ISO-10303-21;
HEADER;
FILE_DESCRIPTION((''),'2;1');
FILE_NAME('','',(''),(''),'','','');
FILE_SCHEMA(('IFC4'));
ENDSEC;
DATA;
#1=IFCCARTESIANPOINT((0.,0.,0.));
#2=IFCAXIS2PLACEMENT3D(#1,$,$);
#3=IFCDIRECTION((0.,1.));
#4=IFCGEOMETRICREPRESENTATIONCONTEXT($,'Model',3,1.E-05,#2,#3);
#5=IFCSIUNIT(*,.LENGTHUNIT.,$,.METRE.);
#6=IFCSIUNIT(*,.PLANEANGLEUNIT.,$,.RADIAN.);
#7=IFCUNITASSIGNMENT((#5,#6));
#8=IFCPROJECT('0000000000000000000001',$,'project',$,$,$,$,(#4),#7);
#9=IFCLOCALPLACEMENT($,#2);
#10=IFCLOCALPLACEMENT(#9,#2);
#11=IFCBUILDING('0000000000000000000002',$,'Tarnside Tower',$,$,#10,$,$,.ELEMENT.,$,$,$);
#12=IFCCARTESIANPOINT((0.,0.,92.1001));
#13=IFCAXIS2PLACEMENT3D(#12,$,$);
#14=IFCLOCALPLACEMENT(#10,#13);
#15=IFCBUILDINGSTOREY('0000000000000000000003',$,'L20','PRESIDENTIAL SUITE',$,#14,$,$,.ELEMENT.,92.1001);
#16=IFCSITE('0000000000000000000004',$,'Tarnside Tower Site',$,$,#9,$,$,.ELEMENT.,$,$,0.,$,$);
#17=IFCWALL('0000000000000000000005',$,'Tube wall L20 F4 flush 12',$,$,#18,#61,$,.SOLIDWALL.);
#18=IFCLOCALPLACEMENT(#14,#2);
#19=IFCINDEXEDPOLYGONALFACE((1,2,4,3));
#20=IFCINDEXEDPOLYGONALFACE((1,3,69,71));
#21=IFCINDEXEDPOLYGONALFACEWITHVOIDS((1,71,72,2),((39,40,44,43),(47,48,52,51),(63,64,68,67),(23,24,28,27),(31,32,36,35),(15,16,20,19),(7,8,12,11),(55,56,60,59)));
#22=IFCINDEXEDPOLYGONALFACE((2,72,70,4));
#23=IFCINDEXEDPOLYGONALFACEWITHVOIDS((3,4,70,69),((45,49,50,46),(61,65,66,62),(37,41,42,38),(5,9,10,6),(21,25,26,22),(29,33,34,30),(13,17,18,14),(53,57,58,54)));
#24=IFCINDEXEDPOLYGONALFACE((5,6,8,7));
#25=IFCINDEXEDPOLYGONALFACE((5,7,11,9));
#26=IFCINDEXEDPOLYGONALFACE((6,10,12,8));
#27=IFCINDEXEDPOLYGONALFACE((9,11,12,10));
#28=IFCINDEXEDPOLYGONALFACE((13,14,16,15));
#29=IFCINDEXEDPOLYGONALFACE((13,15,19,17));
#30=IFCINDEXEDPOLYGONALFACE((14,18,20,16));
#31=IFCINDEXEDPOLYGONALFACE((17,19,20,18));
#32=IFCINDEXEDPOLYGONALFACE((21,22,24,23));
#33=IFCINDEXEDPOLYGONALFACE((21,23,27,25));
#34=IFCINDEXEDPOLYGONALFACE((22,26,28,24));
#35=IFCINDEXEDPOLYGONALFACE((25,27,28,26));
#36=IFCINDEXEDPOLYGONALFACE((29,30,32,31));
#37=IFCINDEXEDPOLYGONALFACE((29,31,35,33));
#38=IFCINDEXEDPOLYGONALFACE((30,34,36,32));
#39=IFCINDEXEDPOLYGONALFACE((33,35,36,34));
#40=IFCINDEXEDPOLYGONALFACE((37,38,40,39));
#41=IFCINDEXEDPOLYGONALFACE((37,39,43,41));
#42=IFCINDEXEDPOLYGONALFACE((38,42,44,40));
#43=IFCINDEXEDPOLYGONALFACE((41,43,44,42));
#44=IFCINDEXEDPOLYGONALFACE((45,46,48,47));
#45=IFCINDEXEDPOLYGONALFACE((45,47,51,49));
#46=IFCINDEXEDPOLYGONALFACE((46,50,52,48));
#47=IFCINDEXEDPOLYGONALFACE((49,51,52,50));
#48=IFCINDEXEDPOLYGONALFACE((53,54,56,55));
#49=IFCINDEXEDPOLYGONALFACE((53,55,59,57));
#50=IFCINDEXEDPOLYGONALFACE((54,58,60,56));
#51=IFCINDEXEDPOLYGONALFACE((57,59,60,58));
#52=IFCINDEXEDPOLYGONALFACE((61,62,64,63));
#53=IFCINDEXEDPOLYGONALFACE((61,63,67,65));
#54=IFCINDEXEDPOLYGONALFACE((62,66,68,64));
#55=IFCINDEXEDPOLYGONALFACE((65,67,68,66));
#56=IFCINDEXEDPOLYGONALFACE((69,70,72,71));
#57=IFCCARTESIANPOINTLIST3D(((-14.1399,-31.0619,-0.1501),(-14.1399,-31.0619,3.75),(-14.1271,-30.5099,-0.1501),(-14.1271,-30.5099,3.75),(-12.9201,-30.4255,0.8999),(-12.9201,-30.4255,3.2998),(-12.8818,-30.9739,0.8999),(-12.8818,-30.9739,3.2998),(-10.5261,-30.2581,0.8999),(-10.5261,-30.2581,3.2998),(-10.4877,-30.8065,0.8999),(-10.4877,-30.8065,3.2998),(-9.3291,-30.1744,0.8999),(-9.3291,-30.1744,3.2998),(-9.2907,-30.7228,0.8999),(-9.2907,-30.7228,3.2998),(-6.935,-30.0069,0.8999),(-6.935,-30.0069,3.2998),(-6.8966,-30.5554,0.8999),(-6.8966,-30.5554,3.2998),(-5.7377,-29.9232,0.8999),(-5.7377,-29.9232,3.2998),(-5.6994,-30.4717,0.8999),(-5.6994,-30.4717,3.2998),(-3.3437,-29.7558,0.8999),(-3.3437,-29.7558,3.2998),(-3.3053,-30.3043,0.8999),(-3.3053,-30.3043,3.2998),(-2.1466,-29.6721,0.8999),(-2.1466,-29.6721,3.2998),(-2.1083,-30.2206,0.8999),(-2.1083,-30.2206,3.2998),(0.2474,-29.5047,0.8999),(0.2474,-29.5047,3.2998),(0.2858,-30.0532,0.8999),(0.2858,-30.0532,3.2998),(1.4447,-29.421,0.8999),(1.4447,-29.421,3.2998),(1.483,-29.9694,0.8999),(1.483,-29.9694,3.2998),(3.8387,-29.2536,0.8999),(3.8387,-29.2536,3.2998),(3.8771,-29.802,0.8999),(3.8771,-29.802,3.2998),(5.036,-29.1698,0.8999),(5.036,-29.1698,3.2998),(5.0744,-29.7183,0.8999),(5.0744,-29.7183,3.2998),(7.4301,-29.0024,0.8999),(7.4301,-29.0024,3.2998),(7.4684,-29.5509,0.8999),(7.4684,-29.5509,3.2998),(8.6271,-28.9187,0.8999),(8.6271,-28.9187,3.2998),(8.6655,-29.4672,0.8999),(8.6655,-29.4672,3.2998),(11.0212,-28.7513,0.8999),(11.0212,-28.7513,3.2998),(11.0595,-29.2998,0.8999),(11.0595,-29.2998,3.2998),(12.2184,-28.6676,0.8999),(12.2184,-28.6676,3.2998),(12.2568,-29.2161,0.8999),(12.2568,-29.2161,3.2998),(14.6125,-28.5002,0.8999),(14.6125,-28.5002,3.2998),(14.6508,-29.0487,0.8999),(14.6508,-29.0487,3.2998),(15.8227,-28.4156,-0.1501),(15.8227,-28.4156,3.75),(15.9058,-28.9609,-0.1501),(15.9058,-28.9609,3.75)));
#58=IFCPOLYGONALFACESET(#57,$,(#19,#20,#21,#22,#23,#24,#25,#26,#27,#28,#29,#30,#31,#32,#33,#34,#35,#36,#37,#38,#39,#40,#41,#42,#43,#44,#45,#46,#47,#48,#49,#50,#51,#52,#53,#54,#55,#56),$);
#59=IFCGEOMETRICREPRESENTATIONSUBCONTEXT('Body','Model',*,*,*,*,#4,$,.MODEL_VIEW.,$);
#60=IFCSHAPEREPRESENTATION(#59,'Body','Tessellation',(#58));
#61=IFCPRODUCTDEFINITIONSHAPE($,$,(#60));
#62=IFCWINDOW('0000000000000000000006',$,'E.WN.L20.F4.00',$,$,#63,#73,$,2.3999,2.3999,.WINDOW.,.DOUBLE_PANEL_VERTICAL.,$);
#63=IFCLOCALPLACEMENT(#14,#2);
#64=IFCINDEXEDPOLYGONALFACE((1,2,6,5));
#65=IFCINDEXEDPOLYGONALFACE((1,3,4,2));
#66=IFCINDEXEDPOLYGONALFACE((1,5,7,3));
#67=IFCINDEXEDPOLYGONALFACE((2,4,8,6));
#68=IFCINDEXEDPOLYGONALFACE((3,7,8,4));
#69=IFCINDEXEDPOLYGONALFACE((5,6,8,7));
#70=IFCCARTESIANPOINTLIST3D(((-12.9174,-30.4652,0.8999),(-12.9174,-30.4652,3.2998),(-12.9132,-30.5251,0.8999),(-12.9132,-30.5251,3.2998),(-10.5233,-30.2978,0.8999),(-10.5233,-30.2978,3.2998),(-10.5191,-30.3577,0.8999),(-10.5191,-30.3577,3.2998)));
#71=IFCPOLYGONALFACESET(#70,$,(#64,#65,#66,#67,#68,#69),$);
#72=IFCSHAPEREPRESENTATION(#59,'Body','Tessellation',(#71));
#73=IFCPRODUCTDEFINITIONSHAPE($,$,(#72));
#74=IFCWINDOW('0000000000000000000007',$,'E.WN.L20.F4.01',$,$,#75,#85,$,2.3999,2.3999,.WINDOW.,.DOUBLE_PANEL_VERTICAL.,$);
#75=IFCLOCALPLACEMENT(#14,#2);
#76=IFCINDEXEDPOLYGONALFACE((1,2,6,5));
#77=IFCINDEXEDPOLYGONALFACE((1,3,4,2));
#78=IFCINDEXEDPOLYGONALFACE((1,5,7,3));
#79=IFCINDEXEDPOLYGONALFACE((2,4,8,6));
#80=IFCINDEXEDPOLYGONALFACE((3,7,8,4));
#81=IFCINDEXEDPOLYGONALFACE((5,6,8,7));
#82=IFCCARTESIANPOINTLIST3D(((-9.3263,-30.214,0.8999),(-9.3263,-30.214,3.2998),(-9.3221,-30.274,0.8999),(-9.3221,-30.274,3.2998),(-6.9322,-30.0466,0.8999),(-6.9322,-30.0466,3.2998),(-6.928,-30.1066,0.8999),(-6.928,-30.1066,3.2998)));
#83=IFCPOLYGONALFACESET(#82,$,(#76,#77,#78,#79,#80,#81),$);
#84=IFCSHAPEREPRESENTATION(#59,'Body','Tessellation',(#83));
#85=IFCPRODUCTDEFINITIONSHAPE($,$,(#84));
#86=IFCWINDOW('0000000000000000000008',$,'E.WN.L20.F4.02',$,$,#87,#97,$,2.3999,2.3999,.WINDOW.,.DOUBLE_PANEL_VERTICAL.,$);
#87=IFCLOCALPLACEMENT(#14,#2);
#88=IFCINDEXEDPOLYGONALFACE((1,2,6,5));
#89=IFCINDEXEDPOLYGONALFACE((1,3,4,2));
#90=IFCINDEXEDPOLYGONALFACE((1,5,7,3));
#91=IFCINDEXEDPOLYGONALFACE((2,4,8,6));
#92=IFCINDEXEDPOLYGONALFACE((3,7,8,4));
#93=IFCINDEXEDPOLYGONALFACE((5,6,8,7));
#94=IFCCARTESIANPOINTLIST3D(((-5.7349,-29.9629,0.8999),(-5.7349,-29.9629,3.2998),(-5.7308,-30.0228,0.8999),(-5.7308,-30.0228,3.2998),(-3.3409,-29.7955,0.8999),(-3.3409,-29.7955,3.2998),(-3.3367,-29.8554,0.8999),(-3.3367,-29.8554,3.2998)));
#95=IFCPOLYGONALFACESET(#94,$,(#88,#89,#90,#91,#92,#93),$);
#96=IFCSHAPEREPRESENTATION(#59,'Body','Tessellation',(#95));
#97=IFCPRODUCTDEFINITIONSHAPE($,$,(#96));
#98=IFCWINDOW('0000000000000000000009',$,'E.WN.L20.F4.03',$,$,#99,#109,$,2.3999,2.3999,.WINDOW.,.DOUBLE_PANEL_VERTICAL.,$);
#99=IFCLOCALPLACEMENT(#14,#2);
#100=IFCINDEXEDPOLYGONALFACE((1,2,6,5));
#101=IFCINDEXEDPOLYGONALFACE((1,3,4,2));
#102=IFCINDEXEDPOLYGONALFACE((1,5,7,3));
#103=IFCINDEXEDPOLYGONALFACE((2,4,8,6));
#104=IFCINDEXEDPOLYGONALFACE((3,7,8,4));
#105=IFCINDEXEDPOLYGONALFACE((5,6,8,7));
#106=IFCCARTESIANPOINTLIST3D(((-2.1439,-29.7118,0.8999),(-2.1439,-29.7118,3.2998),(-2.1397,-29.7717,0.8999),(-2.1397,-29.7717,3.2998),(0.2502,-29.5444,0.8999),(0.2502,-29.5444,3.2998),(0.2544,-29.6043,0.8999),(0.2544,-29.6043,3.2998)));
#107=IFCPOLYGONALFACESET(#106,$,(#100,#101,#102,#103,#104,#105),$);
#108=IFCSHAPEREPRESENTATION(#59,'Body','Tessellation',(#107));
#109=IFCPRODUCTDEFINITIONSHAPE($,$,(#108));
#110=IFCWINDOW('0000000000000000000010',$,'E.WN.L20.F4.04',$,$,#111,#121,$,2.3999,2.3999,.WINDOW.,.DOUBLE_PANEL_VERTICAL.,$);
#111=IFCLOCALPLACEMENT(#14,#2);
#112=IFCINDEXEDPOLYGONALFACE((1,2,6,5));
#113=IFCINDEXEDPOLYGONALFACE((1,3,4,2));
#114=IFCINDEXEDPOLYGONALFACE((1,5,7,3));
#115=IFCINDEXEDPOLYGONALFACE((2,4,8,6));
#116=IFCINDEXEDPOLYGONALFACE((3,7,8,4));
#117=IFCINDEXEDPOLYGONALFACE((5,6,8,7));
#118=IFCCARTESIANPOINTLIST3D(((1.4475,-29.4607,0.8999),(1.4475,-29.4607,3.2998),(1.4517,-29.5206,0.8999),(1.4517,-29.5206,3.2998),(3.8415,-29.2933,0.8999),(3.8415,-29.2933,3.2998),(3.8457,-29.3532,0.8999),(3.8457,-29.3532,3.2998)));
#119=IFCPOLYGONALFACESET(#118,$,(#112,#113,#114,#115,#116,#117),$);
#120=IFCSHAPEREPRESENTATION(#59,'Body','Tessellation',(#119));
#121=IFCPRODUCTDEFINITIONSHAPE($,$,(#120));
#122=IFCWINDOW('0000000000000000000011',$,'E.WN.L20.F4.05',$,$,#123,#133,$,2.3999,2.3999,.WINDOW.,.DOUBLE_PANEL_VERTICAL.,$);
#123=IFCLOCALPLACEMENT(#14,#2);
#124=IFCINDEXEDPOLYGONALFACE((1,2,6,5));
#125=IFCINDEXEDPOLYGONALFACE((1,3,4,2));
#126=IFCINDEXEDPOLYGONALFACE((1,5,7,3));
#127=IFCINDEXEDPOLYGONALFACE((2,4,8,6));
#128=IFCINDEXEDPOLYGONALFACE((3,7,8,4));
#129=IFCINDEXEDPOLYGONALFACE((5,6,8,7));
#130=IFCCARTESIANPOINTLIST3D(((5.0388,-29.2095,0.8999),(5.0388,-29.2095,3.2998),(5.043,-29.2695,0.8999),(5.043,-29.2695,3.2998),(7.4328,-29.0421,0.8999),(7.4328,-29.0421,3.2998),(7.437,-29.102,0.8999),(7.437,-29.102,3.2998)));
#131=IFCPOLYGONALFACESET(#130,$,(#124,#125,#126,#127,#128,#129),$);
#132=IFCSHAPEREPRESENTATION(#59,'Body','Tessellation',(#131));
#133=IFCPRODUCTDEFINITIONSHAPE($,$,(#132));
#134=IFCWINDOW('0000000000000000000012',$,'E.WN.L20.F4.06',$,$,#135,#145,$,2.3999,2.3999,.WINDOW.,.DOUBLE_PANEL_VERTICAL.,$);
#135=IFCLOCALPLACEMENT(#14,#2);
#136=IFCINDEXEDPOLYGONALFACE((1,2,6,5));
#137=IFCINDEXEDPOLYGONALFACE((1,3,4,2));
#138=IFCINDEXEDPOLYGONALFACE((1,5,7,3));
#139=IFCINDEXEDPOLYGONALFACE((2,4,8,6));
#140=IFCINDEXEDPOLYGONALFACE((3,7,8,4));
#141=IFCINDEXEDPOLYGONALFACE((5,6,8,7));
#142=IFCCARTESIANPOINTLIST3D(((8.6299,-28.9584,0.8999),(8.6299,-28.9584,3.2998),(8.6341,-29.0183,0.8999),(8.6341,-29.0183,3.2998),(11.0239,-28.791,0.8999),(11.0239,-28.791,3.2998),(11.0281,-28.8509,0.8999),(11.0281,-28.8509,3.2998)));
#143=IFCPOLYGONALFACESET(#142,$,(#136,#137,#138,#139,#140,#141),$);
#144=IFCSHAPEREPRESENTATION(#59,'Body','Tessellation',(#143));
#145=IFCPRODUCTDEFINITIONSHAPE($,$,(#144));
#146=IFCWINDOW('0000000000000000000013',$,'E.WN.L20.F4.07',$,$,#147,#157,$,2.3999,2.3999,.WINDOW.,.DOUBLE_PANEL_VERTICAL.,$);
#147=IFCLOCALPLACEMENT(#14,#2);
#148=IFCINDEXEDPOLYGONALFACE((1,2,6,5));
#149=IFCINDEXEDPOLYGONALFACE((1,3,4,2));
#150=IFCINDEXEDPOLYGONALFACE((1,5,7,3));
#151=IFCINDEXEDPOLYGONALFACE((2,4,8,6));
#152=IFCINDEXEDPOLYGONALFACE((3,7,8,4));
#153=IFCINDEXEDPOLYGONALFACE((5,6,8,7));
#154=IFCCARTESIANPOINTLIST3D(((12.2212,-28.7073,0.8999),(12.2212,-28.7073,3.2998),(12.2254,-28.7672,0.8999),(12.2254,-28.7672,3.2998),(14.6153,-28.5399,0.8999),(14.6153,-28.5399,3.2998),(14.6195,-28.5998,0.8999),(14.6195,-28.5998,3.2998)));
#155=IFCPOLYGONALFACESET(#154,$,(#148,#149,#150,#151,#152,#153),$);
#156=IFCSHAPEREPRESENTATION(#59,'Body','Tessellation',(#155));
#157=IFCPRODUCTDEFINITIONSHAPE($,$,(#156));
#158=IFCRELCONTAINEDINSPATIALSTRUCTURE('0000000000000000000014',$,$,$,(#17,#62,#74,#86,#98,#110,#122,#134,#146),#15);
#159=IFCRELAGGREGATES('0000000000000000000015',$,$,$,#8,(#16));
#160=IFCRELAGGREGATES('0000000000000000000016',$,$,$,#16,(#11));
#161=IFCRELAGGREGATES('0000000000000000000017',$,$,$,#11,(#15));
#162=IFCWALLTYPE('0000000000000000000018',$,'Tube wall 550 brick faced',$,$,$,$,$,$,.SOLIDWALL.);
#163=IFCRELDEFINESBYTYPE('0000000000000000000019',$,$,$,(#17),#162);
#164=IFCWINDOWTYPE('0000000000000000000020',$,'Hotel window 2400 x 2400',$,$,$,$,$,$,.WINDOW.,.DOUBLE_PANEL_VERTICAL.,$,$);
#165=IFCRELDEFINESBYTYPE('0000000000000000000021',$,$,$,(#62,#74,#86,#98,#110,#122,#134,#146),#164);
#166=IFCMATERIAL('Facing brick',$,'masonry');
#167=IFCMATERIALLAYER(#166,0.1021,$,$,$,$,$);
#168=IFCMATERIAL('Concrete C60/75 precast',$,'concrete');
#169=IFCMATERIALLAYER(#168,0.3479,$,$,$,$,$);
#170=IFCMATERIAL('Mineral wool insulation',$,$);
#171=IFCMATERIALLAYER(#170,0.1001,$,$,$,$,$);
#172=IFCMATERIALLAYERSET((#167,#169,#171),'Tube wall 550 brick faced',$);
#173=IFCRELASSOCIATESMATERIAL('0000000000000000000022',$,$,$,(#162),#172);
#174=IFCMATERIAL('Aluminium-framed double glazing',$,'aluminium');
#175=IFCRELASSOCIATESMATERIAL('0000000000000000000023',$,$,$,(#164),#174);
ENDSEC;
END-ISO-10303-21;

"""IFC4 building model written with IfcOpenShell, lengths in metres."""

from ifc_helpers import new_model, si_unit, direction, frame, frame_2d, origin, place, context, subcontext, project, spatial, polyline, rectangle, outline, extrude, material, layer, layer_set, type_object, element, fill, save


model = new_model("IFC4")

# Units and contexts
model_context = context("Model", 3, precision=1e-05, world=origin(), true_north=direction((0.0, 1.0)))
body_context = subcontext(model_context, "Body", "Model", "MODEL_VIEW")
ifc_project = project(units=[si_unit("LENGTHUNIT", "METRE"), si_unit("PLANEANGLEUNIT", "RADIAN")], contexts=[model_context])

# Site, building, storey
site_placement = place(None, origin())
site = spatial("IfcSite", under=ifc_project, at=site_placement, Name="Tarnside Tower Site", CompositionType="ELEMENT", RefElevation=0.0)
building_placement = place(site_placement, origin())
building = spatial("IfcBuilding", under=site, at=building_placement, Name="Tarnside Tower", CompositionType="ELEMENT")
storey_placement = place(building_placement, frame((0.0, 0.0, 92.1001)))
storey = spatial("IfcBuildingStorey", under=building, at=storey_placement, Name="L20", Description="PRESIDENTIAL SUITE", CompositionType="ELEMENT", Elevation=92.1001)

# Shared definitions
ifc_material_1 = material(Name="Facing brick", Category="masonry")
ifc_layer_1 = layer(ifc_material_1, 0.1021)
ifc_material_2 = material(Name="Concrete C60/75 precast", Category="concrete")
ifc_layer_2 = layer(ifc_material_2, 0.3479)
ifc_material_3 = material(Name="Mineral wool insulation")
ifc_layer_3 = layer(ifc_material_3, 0.1001)
ifc_layer_set_1 = layer_set([ifc_layer_1, ifc_layer_2, ifc_layer_3], Name="Tube wall 550 brick faced")
wall_type_1 = type_object("IfcWallType", Name="Tube wall 550 brick faced", PredefinedType="SOLIDWALL", material=ifc_layer_set_1)

# Wall, openings, windows
wall_1_placement = place(storey_placement, frame((-14.1335, -30.7859, -0.1501), z_axis=(0.0, 0.0, 1.0), x_axis=(0.997564, 0.069757, 0.0)))
wall_1 = element("IfcWall", 1, at=wall_1_placement, inside=storey, type_object=wall_type_1, Name="Tube wall L20 F4 flush 12", PredefinedType="SOLIDWALL", context=body_context, shape_type="SweptSolid", body=[
    extrude(outline(polyline([(-0.0256, -0.2749), (30.0935, -0.2749), (30.0486, 0.2749), (0.0256, 0.2749), (-0.0256, -0.2749)])), origin(), (0.0, 0.0, 1.0), 3.9001),
])
opening_1_placement = place(wall_1_placement, frame((1.2356, 0.0, 1.05)))
opening_1 = element("IfcOpeningElement", 2, at=opening_1_placement, cuts=wall_1, PredefinedType="OPENING", context=body_context, shape_type="SweptSolid", body=[
    extrude(rectangle(XDim=2.3999, YDim=2.3999, at=frame_2d((1.2, 1.2))), frame((0.0, 0.2852, 0.0), z_axis=(0.0, -1.0, 0.0), x_axis=(1.0, 0.0, 0.0)), (0.0, 0.0, 1.0), 0.5701),
])
opening_2_placement = place(wall_1_placement, frame((4.8354, 0.0, 1.05)))
opening_2 = element("IfcOpeningElement", 3, at=opening_2_placement, cuts=wall_1, PredefinedType="OPENING", context=body_context, shape_type="SweptSolid", body=[
    extrude(rectangle(XDim=2.3999, YDim=2.3999, at=frame_2d((1.2, 1.2))), frame((0.0, 0.2852, 0.0), z_axis=(0.0, -1.0, 0.0), x_axis=(1.0, 0.0, 0.0)), (0.0, 0.0, 1.0), 0.5701),
])
opening_3_placement = place(wall_1_placement, frame((8.4355, 0.0, 1.05)))
opening_3 = element("IfcOpeningElement", 4, at=opening_3_placement, cuts=wall_1, PredefinedType="OPENING", context=body_context, shape_type="SweptSolid", body=[
    extrude(rectangle(XDim=2.3999, YDim=2.3999, at=frame_2d((1.2, 1.2))), frame((0.0, 0.2852, 0.0), z_axis=(0.0, -1.0, 0.0), x_axis=(1.0, 0.0, 0.0)), (0.0, 0.0, 1.0), 0.5701),
])
opening_4_placement = place(wall_1_placement, frame((12.0354, 0.0, 1.05)))
opening_4 = element("IfcOpeningElement", 5, at=opening_4_placement, cuts=wall_1, PredefinedType="OPENING", context=body_context, shape_type="SweptSolid", body=[
    extrude(rectangle(XDim=2.3999, YDim=2.3999, at=frame_2d((1.2, 1.2))), frame((0.0, 0.2852, 0.0), z_axis=(0.0, -1.0, 0.0), x_axis=(1.0, 0.0, 0.0)), (0.0, 0.0, 1.0), 0.5701),
])
opening_5_placement = place(wall_1_placement, frame((15.6355, 0.0, 1.05)))
opening_5 = element("IfcOpeningElement", 6, at=opening_5_placement, cuts=wall_1, PredefinedType="OPENING", context=body_context, shape_type="SweptSolid", body=[
    extrude(rectangle(XDim=2.3999, YDim=2.3999, at=frame_2d((1.2, 1.2))), frame((0.0, 0.2852, 0.0), z_axis=(0.0, -1.0, 0.0), x_axis=(1.0, 0.0, 0.0)), (0.0, 0.0, 1.0), 0.5701),
])
opening_6_placement = place(wall_1_placement, frame((19.2356, 0.0, 1.05)))
opening_6 = element("IfcOpeningElement", 7, at=opening_6_placement, cuts=wall_1, PredefinedType="OPENING", context=body_context, shape_type="SweptSolid", body=[
    extrude(rectangle(XDim=2.3999, YDim=2.3999, at=frame_2d((1.2, 1.2))), frame((0.0, 0.2852, 0.0), z_axis=(0.0, -1.0, 0.0), x_axis=(1.0, 0.0, 0.0)), (0.0, 0.0, 1.0), 0.5701),
])
opening_7_placement = place(wall_1_placement, frame((22.8354, 0.0, 1.05)))
opening_7 = element("IfcOpeningElement", 8, at=opening_7_placement, cuts=wall_1, PredefinedType="OPENING", context=body_context, shape_type="SweptSolid", body=[
    extrude(rectangle(XDim=2.3999, YDim=2.3999, at=frame_2d((1.2, 1.2))), frame((0.0, 0.2852, 0.0), z_axis=(0.0, -1.0, 0.0), x_axis=(1.0, 0.0, 0.0)), (0.0, 0.0, 1.0), 0.5701),
])
opening_8_placement = place(wall_1_placement, frame((26.4355, 0.0, 1.05)))
opening_8 = element("IfcOpeningElement", 9, at=opening_8_placement, cuts=wall_1, PredefinedType="OPENING", context=body_context, shape_type="SweptSolid", body=[
    extrude(rectangle(XDim=2.3999, YDim=2.3999, at=frame_2d((1.2, 1.2))), frame((0.0, 0.2852, 0.0), z_axis=(0.0, -1.0, 0.0), x_axis=(1.0, 0.0, 0.0)), (0.0, 0.0, 1.0), 0.5701),
])
ifc_material_4 = material(Name="Aluminium-framed double glazing", Category="aluminium")
window_type = type_object("IfcWindowType", Name="Hotel window 2400 x 2400", PartitioningType="DOUBLE_PANEL_VERTICAL", PredefinedType="WINDOW", material=ifc_material_4)
window_1_placement = place(opening_1_placement, frame((0.0, 0.2051, 0.0)))
window_1 = element("IfcWindow", 10, at=window_1_placement, inside=storey, type_object=window_type, Name="E.WN.L20.F4.00", OverallHeight=2.3999, OverallWidth=2.3999, PartitioningType="DOUBLE_PANEL_VERTICAL", PredefinedType="WINDOW", context=body_context, shape_type="SweptSolid", body=[
    extrude(rectangle(XDim=2.3999, YDim=2.3999, at=frame_2d((1.2, 1.2))), frame((0.0, 0.03, 0.0), z_axis=(0.0, -1.0, 0.0), x_axis=(1.0, 0.0, 0.0)), (0.0, 0.0, 1.0), 0.0601),
])
fill(opening_1, window_1)
window_2_placement = place(opening_2_placement, frame((0.0, 0.2051, 0.0)))
window_2 = element("IfcWindow", 11, at=window_2_placement, inside=storey, type_object=window_type, Name="E.WN.L20.F4.01", OverallHeight=2.3999, OverallWidth=2.3999, PartitioningType="DOUBLE_PANEL_VERTICAL", PredefinedType="WINDOW", context=body_context, shape_type="SweptSolid", body=[
    extrude(rectangle(XDim=2.3999, YDim=2.3999, at=frame_2d((1.2, 1.2))), frame((0.0, 0.03, 0.0), z_axis=(0.0, -1.0, 0.0), x_axis=(1.0, 0.0, 0.0)), (0.0, 0.0, 1.0), 0.0601),
])
fill(opening_2, window_2)
window_3_placement = place(opening_3_placement, frame((0.0, 0.2051, 0.0)))
window_3 = element("IfcWindow", 12, at=window_3_placement, inside=storey, type_object=window_type, Name="E.WN.L20.F4.02", OverallHeight=2.3999, OverallWidth=2.3999, PartitioningType="DOUBLE_PANEL_VERTICAL", PredefinedType="WINDOW", context=body_context, shape_type="SweptSolid", body=[
    extrude(rectangle(XDim=2.3999, YDim=2.3999, at=frame_2d((1.2, 1.2))), frame((0.0, 0.03, 0.0), z_axis=(0.0, -1.0, 0.0), x_axis=(1.0, 0.0, 0.0)), (0.0, 0.0, 1.0), 0.0601),
])
fill(opening_3, window_3)
window_4_placement = place(opening_4_placement, frame((0.0, 0.2051, 0.0)))
window_4 = element("IfcWindow", 13, at=window_4_placement, inside=storey, type_object=window_type, Name="E.WN.L20.F4.03", OverallHeight=2.3999, OverallWidth=2.3999, PartitioningType="DOUBLE_PANEL_VERTICAL", PredefinedType="WINDOW", context=body_context, shape_type="SweptSolid", body=[
    extrude(rectangle(XDim=2.3999, YDim=2.3999, at=frame_2d((1.2, 1.2))), frame((0.0, 0.03, 0.0), z_axis=(0.0, -1.0, 0.0), x_axis=(1.0, 0.0, 0.0)), (0.0, 0.0, 1.0), 0.0601),
])
fill(opening_4, window_4)
window_5_placement = place(opening_5_placement, frame((0.0, 0.2051, 0.0)))
window_5 = element("IfcWindow", 14, at=window_5_placement, inside=storey, type_object=window_type, Name="E.WN.L20.F4.04", OverallHeight=2.3999, OverallWidth=2.3999, PartitioningType="DOUBLE_PANEL_VERTICAL", PredefinedType="WINDOW", context=body_context, shape_type="SweptSolid", body=[
    extrude(rectangle(XDim=2.3999, YDim=2.3999, at=frame_2d((1.2, 1.2))), frame((0.0, 0.03, 0.0), z_axis=(0.0, -1.0, 0.0), x_axis=(1.0, 0.0, 0.0)), (0.0, 0.0, 1.0), 0.0601),
])
fill(opening_5, window_5)
window_6_placement = place(opening_6_placement, frame((0.0, 0.2051, 0.0)))
window_6 = element("IfcWindow", 15, at=window_6_placement, inside=storey, type_object=window_type, Name="E.WN.L20.F4.05", OverallHeight=2.3999, OverallWidth=2.3999, PartitioningType="DOUBLE_PANEL_VERTICAL", PredefinedType="WINDOW", context=body_context, shape_type="SweptSolid", body=[
    extrude(rectangle(XDim=2.3999, YDim=2.3999, at=frame_2d((1.2, 1.2))), frame((0.0, 0.03, 0.0), z_axis=(0.0, -1.0, 0.0), x_axis=(1.0, 0.0, 0.0)), (0.0, 0.0, 1.0), 0.0601),
])
fill(opening_6, window_6)
window_7_placement = place(opening_7_placement, frame((0.0, 0.2051, 0.0)))
window_7 = element("IfcWindow", 16, at=window_7_placement, inside=storey, type_object=window_type, Name="E.WN.L20.F4.06", OverallHeight=2.3999, OverallWidth=2.3999, PartitioningType="DOUBLE_PANEL_VERTICAL", PredefinedType="WINDOW", context=body_context, shape_type="SweptSolid", body=[
    extrude(rectangle(XDim=2.3999, YDim=2.3999, at=frame_2d((1.2, 1.2))), frame((0.0, 0.03, 0.0), z_axis=(0.0, -1.0, 0.0), x_axis=(1.0, 0.0, 0.0)), (0.0, 0.0, 1.0), 0.0601),
])
fill(opening_7, window_7)
window_8_placement = place(opening_8_placement, frame((0.0, 0.2051, 0.0)))
window_8 = element("IfcWindow", 17, at=window_8_placement, inside=storey, type_object=window_type, Name="E.WN.L20.F4.07", OverallHeight=2.3999, OverallWidth=2.3999, PartitioningType="DOUBLE_PANEL_VERTICAL", PredefinedType="WINDOW", context=body_context, shape_type="SweptSolid", body=[
    extrude(rectangle(XDim=2.3999, YDim=2.3999, at=frame_2d((1.2, 1.2))), frame((0.0, 0.03, 0.0), z_axis=(0.0, -1.0, 0.0), x_axis=(1.0, 0.0, 0.0)), (0.0, 0.0, 1.0), 0.0601),
])
fill(opening_8, window_8)

save(model, "model.ifc")
